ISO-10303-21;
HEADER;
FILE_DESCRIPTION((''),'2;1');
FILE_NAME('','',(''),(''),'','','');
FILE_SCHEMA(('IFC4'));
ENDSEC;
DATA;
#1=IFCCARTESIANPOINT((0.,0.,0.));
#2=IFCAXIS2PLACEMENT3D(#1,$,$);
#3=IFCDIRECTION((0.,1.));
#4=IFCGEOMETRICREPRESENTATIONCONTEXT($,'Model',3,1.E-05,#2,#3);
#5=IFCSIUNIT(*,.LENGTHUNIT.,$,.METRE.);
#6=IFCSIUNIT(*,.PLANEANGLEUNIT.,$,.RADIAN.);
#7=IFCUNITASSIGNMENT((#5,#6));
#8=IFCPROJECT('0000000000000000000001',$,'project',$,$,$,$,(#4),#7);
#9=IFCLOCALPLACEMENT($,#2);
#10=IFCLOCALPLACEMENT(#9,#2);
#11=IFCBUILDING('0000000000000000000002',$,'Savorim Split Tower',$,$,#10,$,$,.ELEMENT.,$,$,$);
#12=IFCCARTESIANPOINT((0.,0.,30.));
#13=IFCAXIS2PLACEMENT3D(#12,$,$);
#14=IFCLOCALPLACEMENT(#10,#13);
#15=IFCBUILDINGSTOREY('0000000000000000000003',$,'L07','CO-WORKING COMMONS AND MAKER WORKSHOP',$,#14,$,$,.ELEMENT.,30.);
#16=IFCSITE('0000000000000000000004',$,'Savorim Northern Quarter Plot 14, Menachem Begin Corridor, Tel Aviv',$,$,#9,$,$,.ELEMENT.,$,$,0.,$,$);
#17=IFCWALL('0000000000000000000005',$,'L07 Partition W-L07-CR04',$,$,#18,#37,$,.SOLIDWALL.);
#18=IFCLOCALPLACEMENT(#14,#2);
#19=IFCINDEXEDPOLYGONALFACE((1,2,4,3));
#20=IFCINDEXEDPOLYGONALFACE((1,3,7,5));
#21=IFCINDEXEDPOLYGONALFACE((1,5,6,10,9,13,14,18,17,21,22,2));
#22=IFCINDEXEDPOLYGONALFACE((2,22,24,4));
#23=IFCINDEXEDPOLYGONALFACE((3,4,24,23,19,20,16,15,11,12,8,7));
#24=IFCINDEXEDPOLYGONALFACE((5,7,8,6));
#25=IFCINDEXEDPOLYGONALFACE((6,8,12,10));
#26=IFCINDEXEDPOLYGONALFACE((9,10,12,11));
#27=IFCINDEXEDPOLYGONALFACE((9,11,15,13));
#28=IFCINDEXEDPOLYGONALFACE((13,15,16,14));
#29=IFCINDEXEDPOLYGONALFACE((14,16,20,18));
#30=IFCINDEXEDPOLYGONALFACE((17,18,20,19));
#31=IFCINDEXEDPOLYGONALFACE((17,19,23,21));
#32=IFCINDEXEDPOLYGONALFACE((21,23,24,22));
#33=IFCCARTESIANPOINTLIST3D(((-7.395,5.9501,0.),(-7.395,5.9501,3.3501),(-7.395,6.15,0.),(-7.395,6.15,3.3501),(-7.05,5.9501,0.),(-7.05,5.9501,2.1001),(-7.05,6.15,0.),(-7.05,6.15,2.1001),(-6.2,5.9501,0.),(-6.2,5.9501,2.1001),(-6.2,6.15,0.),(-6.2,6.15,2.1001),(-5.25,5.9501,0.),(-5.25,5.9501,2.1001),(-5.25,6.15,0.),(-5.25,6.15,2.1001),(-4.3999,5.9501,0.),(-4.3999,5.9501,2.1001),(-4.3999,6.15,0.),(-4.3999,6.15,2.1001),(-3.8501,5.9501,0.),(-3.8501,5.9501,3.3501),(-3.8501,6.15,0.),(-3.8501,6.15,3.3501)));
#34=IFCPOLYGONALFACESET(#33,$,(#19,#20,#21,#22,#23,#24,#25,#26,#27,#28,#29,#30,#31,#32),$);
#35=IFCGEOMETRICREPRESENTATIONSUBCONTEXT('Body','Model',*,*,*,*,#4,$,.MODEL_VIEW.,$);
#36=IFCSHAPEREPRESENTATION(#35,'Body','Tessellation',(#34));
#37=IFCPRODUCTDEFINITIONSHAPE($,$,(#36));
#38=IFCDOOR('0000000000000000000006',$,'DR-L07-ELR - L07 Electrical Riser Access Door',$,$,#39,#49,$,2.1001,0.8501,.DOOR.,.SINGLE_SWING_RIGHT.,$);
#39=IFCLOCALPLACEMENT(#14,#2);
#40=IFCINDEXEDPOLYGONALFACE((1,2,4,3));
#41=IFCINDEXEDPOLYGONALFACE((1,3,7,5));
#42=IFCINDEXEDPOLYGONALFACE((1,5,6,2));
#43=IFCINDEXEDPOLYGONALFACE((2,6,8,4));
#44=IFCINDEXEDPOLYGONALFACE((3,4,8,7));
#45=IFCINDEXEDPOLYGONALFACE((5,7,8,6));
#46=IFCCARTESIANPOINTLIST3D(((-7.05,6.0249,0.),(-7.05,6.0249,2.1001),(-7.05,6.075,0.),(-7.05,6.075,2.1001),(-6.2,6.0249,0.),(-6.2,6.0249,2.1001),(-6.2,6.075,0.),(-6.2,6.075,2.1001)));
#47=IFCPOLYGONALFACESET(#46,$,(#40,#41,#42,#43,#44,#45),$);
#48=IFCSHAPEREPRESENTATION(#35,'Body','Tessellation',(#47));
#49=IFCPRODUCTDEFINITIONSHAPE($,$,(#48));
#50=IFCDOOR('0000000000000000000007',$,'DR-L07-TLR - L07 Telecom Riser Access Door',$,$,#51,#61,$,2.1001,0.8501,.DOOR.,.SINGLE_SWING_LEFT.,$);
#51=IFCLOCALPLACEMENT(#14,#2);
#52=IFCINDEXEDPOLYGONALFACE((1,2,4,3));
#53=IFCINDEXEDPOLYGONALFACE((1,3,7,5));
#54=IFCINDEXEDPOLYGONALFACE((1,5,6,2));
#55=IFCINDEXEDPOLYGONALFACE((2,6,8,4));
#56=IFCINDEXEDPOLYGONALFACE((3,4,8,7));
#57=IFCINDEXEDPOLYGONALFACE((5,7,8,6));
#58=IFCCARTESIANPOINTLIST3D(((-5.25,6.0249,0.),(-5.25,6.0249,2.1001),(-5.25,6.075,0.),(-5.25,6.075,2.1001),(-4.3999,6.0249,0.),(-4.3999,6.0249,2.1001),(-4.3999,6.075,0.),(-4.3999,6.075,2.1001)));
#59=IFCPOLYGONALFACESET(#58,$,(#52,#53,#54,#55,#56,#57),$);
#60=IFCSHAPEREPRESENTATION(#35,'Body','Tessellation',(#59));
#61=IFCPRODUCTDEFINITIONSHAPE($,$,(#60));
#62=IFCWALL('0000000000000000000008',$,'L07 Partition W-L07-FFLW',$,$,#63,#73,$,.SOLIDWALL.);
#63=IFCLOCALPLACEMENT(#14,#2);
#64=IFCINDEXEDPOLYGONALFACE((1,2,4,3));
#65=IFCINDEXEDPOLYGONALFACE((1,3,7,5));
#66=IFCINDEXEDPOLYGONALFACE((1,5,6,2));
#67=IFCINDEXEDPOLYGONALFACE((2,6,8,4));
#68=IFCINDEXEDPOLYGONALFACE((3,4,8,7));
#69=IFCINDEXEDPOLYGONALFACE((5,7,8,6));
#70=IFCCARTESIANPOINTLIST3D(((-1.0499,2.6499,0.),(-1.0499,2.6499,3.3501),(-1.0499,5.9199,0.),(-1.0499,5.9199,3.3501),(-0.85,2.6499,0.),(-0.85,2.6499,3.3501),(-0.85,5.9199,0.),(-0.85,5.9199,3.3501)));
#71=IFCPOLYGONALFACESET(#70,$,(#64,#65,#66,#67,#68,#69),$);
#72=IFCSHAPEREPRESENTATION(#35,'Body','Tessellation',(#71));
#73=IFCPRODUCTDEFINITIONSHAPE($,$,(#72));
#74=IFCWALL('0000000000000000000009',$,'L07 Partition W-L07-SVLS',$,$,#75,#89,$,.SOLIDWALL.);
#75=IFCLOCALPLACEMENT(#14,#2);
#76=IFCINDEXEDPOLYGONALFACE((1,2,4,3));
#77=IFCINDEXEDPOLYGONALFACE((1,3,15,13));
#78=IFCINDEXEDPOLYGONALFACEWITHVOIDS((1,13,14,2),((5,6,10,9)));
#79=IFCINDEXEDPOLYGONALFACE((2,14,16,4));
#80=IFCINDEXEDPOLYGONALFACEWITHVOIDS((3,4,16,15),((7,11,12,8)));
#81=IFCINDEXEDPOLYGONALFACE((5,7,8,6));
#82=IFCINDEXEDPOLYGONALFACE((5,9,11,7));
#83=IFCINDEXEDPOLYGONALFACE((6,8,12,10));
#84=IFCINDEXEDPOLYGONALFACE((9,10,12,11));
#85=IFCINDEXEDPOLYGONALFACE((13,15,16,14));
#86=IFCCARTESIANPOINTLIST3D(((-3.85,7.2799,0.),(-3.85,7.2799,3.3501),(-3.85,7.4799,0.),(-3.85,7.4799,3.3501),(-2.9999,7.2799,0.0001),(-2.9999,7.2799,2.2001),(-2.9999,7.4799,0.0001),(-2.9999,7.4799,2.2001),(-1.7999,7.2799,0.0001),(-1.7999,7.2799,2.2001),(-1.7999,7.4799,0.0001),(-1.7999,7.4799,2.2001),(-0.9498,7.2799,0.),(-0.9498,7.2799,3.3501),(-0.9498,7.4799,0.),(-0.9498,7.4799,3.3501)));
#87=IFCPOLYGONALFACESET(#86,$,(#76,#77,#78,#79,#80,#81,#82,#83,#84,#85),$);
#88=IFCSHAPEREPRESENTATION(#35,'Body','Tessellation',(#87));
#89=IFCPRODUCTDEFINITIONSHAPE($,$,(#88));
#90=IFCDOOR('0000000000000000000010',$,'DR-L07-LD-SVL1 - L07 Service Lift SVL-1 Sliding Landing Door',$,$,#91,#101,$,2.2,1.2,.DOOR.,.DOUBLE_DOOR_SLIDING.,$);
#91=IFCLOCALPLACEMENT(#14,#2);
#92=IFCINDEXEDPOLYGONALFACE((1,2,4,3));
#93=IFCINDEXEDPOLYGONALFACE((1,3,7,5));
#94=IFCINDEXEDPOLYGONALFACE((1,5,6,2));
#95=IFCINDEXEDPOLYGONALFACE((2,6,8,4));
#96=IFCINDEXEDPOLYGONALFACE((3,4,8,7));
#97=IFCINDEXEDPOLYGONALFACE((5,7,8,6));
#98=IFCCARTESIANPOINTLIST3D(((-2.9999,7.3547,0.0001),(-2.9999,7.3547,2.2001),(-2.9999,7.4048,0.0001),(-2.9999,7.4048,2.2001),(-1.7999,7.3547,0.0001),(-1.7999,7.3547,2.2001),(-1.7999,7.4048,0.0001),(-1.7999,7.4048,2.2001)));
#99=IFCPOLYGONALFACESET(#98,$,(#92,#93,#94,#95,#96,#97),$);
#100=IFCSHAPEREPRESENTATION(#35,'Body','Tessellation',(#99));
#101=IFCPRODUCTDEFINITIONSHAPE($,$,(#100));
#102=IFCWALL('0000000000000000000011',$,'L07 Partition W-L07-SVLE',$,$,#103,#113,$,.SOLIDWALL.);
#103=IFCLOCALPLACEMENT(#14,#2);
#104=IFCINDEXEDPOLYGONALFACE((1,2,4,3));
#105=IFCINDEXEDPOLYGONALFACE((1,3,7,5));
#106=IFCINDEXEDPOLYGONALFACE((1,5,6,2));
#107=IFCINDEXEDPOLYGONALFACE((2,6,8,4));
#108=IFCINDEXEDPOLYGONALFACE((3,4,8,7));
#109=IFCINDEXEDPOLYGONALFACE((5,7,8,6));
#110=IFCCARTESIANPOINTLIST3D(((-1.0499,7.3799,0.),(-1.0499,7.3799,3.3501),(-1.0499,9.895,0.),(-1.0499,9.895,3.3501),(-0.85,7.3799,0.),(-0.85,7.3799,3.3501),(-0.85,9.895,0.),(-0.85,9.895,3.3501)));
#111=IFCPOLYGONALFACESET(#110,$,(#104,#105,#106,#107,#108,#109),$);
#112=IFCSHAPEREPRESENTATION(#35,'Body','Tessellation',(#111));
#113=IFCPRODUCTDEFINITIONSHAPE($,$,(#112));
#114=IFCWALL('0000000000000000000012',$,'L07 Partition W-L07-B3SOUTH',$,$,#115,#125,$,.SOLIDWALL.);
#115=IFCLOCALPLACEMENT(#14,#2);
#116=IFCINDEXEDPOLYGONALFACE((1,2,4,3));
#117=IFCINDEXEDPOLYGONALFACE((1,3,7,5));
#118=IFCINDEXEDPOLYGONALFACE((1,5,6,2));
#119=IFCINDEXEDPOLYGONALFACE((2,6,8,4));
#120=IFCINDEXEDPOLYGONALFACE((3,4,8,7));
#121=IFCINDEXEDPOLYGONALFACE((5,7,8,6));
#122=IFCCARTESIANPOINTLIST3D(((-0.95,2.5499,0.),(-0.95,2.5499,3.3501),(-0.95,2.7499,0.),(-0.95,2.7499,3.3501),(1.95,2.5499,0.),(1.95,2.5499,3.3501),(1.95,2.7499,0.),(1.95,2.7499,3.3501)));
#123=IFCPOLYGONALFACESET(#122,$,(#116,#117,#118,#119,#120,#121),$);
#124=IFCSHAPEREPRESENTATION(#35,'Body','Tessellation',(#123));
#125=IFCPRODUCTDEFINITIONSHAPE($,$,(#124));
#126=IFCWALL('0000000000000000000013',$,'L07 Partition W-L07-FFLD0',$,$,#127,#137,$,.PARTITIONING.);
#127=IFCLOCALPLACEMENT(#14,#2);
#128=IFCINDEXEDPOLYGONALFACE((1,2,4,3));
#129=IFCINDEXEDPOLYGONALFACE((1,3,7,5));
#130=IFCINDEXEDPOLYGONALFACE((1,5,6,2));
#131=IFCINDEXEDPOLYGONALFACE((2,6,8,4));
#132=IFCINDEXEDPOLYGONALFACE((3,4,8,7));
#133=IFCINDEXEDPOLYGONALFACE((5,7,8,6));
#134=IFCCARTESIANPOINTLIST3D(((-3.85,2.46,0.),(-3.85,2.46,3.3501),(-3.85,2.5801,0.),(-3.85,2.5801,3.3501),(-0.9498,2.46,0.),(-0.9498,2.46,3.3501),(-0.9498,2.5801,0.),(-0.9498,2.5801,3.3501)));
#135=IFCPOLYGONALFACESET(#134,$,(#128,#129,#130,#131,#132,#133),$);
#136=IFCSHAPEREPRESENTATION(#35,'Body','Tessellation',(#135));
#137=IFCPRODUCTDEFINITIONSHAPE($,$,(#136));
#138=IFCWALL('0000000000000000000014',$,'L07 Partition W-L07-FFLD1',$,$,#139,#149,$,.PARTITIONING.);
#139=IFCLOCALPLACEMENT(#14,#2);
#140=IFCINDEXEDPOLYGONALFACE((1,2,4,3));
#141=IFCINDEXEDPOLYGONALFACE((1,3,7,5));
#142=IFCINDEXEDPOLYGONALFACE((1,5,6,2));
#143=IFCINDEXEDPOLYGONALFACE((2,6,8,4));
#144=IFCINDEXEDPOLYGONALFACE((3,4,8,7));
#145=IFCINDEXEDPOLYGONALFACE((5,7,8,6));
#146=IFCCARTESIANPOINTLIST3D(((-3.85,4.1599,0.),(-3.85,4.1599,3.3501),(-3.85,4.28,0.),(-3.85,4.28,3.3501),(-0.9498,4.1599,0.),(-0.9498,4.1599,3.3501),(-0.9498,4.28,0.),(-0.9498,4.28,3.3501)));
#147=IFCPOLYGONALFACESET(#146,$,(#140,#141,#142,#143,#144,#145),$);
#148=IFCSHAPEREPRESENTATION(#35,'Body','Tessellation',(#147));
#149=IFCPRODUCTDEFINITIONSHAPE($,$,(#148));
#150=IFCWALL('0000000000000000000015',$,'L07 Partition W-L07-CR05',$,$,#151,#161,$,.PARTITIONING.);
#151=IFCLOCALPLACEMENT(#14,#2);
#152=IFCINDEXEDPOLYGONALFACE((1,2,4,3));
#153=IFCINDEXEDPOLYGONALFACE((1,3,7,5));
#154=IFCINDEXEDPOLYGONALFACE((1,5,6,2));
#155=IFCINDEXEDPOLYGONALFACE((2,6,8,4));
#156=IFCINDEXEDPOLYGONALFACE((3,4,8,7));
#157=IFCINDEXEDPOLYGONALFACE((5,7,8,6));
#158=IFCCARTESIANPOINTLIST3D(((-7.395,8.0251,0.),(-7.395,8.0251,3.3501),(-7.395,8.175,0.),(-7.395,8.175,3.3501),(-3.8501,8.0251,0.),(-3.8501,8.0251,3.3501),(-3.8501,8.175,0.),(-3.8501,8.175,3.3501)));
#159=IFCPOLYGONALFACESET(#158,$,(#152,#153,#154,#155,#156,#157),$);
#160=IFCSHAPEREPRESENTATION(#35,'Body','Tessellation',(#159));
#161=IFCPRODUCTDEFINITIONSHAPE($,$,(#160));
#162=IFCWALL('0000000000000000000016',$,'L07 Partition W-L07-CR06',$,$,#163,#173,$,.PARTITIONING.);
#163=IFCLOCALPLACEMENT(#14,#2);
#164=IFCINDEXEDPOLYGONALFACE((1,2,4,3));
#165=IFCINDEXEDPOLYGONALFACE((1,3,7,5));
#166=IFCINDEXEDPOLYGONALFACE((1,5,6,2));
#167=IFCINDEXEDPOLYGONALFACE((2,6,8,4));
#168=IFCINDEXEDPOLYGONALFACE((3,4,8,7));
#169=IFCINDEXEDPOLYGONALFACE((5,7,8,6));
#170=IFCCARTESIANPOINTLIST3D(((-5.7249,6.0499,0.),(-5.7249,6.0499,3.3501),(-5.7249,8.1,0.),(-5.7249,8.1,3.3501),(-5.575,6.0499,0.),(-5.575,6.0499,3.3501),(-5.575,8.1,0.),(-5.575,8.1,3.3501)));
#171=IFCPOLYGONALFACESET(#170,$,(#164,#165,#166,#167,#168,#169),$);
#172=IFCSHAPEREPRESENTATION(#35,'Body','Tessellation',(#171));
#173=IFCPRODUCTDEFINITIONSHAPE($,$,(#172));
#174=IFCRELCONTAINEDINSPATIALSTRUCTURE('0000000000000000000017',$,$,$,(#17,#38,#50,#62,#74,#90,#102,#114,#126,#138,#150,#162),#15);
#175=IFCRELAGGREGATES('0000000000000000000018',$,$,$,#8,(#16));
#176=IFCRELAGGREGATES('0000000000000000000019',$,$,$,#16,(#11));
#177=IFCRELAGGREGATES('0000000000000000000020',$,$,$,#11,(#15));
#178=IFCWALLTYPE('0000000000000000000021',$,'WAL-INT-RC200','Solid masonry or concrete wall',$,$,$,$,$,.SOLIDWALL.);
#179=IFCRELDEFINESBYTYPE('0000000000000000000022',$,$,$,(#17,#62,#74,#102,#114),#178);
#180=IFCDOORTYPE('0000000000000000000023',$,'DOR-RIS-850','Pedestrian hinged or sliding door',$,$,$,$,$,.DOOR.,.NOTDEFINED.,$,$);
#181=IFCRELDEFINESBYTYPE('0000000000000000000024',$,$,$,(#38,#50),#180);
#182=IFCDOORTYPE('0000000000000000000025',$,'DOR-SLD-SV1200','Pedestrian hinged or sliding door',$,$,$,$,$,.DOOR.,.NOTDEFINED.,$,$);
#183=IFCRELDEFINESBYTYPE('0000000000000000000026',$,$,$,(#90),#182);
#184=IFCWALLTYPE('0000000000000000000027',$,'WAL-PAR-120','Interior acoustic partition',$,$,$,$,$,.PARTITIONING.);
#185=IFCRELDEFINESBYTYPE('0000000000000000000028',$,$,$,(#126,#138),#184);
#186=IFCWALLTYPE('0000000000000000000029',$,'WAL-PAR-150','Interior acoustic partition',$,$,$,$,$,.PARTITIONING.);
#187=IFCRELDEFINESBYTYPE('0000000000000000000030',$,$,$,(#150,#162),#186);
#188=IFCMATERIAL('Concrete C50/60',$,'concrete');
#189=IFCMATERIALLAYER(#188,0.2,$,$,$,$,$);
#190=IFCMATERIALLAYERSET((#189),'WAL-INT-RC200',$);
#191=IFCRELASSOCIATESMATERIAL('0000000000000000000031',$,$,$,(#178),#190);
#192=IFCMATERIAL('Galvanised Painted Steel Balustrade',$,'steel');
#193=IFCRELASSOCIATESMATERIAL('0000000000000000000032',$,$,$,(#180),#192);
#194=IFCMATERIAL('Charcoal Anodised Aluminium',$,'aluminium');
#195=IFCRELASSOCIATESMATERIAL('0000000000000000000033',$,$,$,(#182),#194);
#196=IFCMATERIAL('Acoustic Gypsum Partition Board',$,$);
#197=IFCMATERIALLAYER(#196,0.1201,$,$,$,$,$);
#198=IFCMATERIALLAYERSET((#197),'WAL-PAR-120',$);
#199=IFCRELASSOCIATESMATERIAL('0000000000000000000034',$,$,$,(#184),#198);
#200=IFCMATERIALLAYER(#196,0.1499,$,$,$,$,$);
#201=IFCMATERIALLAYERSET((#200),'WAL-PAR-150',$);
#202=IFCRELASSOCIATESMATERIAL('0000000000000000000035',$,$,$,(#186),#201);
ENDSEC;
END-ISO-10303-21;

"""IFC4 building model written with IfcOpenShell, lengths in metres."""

from ifc_helpers import new_model, si_unit, direction, frame, frame_2d, origin, place, context, subcontext, project, spatial, rectangle, extrude, material, layer, layer_set, type_object, element, fill, save


model = new_model("IFC4")

# Units and contexts
model_context = context("Model", 3, precision=1e-05, world=origin(), true_north=direction((0.0, 1.0)))
body_context = subcontext(model_context, "Body", "Model", "MODEL_VIEW")
ifc_project = project(units=[si_unit("LENGTHUNIT", "METRE"), si_unit("PLANEANGLEUNIT", "RADIAN")], contexts=[model_context])

# Site, building, storey
site_placement = place(None, origin())
site = spatial("IfcSite", under=ifc_project, at=site_placement, Name="Savorim Northern Quarter Plot 14, Menachem Begin Corridor, Tel Aviv", CompositionType="ELEMENT", RefElevation=0.0)
building_placement = place(site_placement, origin())
building = spatial("IfcBuilding", under=site, at=building_placement, Name="Savorim Split Tower", CompositionType="ELEMENT")
storey_placement = place(building_placement, frame((0.0, 0.0, 30.0)))
storey = spatial("IfcBuildingStorey", under=building, at=storey_placement, Name="L07", Description="CO-WORKING COMMONS AND MAKER WORKSHOP", CompositionType="ELEMENT", Elevation=30.0)

# Shared definitions
ifc_material_1 = material(Name="Charcoal Anodised Aluminium", Category="aluminium")

# Wall, openings, doors
ifc_material_2 = material(Name="Concrete C50/60", Category="concrete")
ifc_layer_1 = layer(ifc_material_2, 0.2)
ifc_layer_set_1 = layer_set([ifc_layer_1], Name="WAL-INT-RC200")
wall_type_1 = type_object("IfcWallType", Name="WAL-INT-RC200", Description="Solid masonry or concrete wall", PredefinedType="SOLIDWALL", material=ifc_layer_set_1)
wall_1_placement = place(storey_placement, frame((-7.395, 6.05, 0.0), z_axis=(0.0, 0.0, 1.0), x_axis=(1.0, 0.0, 0.0)))
wall_1 = element("IfcWall", 1, at=wall_1_placement, inside=storey, type_object=wall_type_1, Name="L07 Partition W-L07-CR04", PredefinedType="SOLIDWALL", context=body_context, shape_type="SweptSolid", body=[
    extrude(rectangle(XDim=3.5449, YDim=0.2, at=frame_2d((1.7725, 0.0))), origin(), (0.0, 0.0, 1.0), 3.3501),
])
opening_1_placement = place(wall_1_placement, frame((0.345, 0.0, 0.0)))
opening_1 = element("IfcOpeningElement", 2, at=opening_1_placement, cuts=wall_1, PredefinedType="OPENING", context=body_context, shape_type="SweptSolid", body=[
    extrude(rectangle(XDim=0.8501, YDim=2.1001, at=frame_2d((0.425, 1.05))), frame((0.0, 0.1099, 0.0), z_axis=(0.0, -1.0, 0.0), x_axis=(1.0, 0.0, 0.0)), (0.0, 0.0, 1.0), 0.22),
])
opening_2_placement = place(wall_1_placement, frame((2.145, 0.0, 0.0)))
opening_2 = element("IfcOpeningElement", 3, at=opening_2_placement, cuts=wall_1, PredefinedType="OPENING", context=body_context, shape_type="SweptSolid", body=[
    extrude(rectangle(XDim=0.8501, YDim=2.1001, at=frame_2d((0.425, 1.05))), frame((0.0, 0.1099, 0.0), z_axis=(0.0, -1.0, 0.0), x_axis=(1.0, 0.0, 0.0)), (0.0, 0.0, 1.0), 0.22),
])
ifc_material_3 = material(Name="Galvanised Painted Steel Balustrade", Category="steel")
door_type_1 = type_object("IfcDoorType", Name="DOR-RIS-850", Description="Pedestrian hinged or sliding door", OperationType="NOTDEFINED", PredefinedType="DOOR", material=ifc_material_3)
door_1_placement = place(opening_1_placement, origin())
door_1 = element("IfcDoor", 4, at=door_1_placement, inside=storey, type_object=door_type_1, Name="DR-L07-ELR - L07 Electrical Riser Access Door", OperationType="SINGLE_SWING_RIGHT", OverallHeight=2.1001, OverallWidth=0.8501, PredefinedType="DOOR", context=body_context, shape_type="SweptSolid", body=[
    extrude(rectangle(XDim=0.8501, YDim=2.1001, at=frame_2d((0.425, 1.05))), frame((0.0, 0.0249, 0.0), z_axis=(0.0, -1.0, 0.0), x_axis=(1.0, 0.0, 0.0)), (0.0, 0.0, 1.0), 0.05),
])
fill(opening_1, door_1)
door_2_placement = place(opening_2_placement, origin())
door_2 = element("IfcDoor", 5, at=door_2_placement, inside=storey, type_object=door_type_1, Name="DR-L07-TLR - L07 Telecom Riser Access Door", OperationType="SINGLE_SWING_LEFT", OverallHeight=2.1001, OverallWidth=0.8501, PredefinedType="DOOR", context=body_context, shape_type="SweptSolid", body=[
    extrude(rectangle(XDim=0.8501, YDim=2.1001, at=frame_2d((0.425, 1.05))), frame((0.0, 0.0249, 0.0), z_axis=(0.0, -1.0, 0.0), x_axis=(1.0, 0.0, 0.0)), (0.0, 0.0, 1.0), 0.05),
])
fill(opening_2, door_2)

# Wall
wall_2_placement = place(storey_placement, frame((-0.95, 2.6499, 0.0), z_axis=(0.0, 0.0, 1.0), x_axis=(0.0, 1.0, 0.0)))
element("IfcWall", 6, at=wall_2_placement, inside=storey, type_object=wall_type_1, Name="L07 Partition W-L07-FFLW", PredefinedType="SOLIDWALL", context=body_context, shape_type="SweptSolid", body=[
    extrude(rectangle(XDim=3.27, YDim=0.2, at=frame_2d((1.635, 0.0))), origin(), (0.0, 0.0, 1.0), 3.3501),
])

# Wall, opening, door
wall_3_placement = place(storey_placement, frame((-3.8501, 7.3799, 0.0), z_axis=(0.0, 0.0, 1.0), x_axis=(1.0, 0.0, 0.0)))
wall_3 = element("IfcWall", 7, at=wall_3_placement, inside=storey, type_object=wall_type_1, Name="L07 Partition W-L07-SVLS", PredefinedType="SOLIDWALL", context=body_context, shape_type="SweptSolid", body=[
    extrude(rectangle(XDim=2.9001, YDim=0.2, at=frame_2d((1.4502, 0.0))), origin(), (0.0, 0.0, 1.0), 3.3501),
])
opening_3_placement = place(wall_3_placement, frame((0.8501, 0.0, 0.0)))
opening_3 = element("IfcOpeningElement", 8, at=opening_3_placement, cuts=wall_3, PredefinedType="OPENING", context=body_context, shape_type="SweptSolid", body=[
    extrude(rectangle(XDim=1.2, YDim=2.2, at=frame_2d((0.6001, 1.1001))), frame((0.0, 0.1099, 0.0), z_axis=(0.0, -1.0, 0.0), x_axis=(1.0, 0.0, 0.0)), (0.0, 0.0, 1.0), 0.22),
])
door_type_2 = type_object("IfcDoorType", Name="DOR-SLD-SV1200", Description="Pedestrian hinged or sliding door", OperationType="NOTDEFINED", PredefinedType="DOOR", material=ifc_material_1)
door_3_placement = place(opening_3_placement, origin())
door_3 = element("IfcDoor", 9, at=door_3_placement, inside=storey, type_object=door_type_2, Name="DR-L07-LD-SVL1 - L07 Service Lift SVL-1 Sliding Landing Door", OperationType="DOUBLE_DOOR_SLIDING", OverallHeight=2.2, OverallWidth=1.2, PredefinedType="DOOR", context=body_context, shape_type="SweptSolid", body=[
    extrude(rectangle(XDim=1.2, YDim=2.2, at=frame_2d((0.6001, 1.1001))), frame((0.0, 0.0249, 0.0), z_axis=(0.0, -1.0, 0.0), x_axis=(1.0, 0.0, 0.0)), (0.0, 0.0, 1.0), 0.05),
])
fill(opening_3, door_3)

# Walls
wall_4_placement = place(storey_placement, frame((-0.95, 7.3799, 0.0), z_axis=(0.0, 0.0, 1.0), x_axis=(0.0, 1.0, 0.0)))
element("IfcWall", 10, at=wall_4_placement, inside=storey, type_object=wall_type_1, Name="L07 Partition W-L07-SVLE", PredefinedType="SOLIDWALL", context=body_context, shape_type="SweptSolid", body=[
    extrude(rectangle(XDim=2.5151, YDim=0.2, at=frame_2d((1.2576, 0.0))), origin(), (0.0, 0.0, 1.0), 3.3501),
])
wall_5_placement = place(storey_placement, frame((-0.95, 2.6499, 0.0), z_axis=(0.0, 0.0, 1.0), x_axis=(1.0, 0.0, 0.0)))
element("IfcWall", 11, at=wall_5_placement, inside=storey, type_object=wall_type_1, Name="L07 Partition W-L07-B3SOUTH", PredefinedType="SOLIDWALL", context=body_context, shape_type="SweptSolid", body=[
    extrude(rectangle(XDim=2.8999, YDim=0.2, at=frame_2d((1.45, 0.0))), origin(), (0.0, 0.0, 1.0), 3.3501),
])
ifc_material_4 = material(Name="Acoustic Gypsum Partition Board")
ifc_layer_2 = layer(ifc_material_4, 0.1201)
ifc_layer_set_2 = layer_set([ifc_layer_2], Name="WAL-PAR-120")
wall_type_2 = type_object("IfcWallType", Name="WAL-PAR-120", Description="Interior acoustic partition", PredefinedType="PARTITIONING", material=ifc_layer_set_2)
for number, where, z_axis, x_axis, name in (
    (12, (-3.8501, 2.52, 0.0), (0.0, 0.0, 1.0), (1.0, 0.0, 0.0), "L07 Partition W-L07-FFLD0"),
    (13, (-3.8501, 4.22, 0.0), (0.0, 0.0, 1.0), (1.0, 0.0, 0.0), "L07 Partition W-L07-FFLD1"),
):
    element("IfcWall", number, at=place(storey_placement, frame(where, z_axis=z_axis, x_axis=x_axis)), inside=storey, type_object=wall_type_2, Name=name, PredefinedType="PARTITIONING", context=body_context, shape_type="SweptSolid", body=[
        extrude(rectangle(XDim=2.9001, YDim=0.1201, at=frame_2d((1.4502, 0.0))), origin(), (0.0, 0.0, 1.0), 3.3501),
    ])
ifc_layer_3 = layer(ifc_material_4, 0.1499)
ifc_layer_set_3 = layer_set([ifc_layer_3], Name="WAL-PAR-150")
wall_type_3 = type_object("IfcWallType", Name="WAL-PAR-150", Description="Interior acoustic partition", PredefinedType="PARTITIONING", material=ifc_layer_set_3)
wall_6_placement = place(storey_placement, frame((-7.395, 8.1001, 0.0), z_axis=(0.0, 0.0, 1.0), x_axis=(1.0, 0.0, 0.0)))
element("IfcWall", 14, at=wall_6_placement, inside=storey, type_object=wall_type_3, Name="L07 Partition W-L07-CR05", PredefinedType="PARTITIONING", context=body_context, shape_type="SweptSolid", body=[
    extrude(rectangle(XDim=3.5449, YDim=0.1499, at=frame_2d((1.7725, 0.0))), origin(), (0.0, 0.0, 1.0), 3.3501),
])
wall_7_placement = place(storey_placement, frame((-5.6499, 6.05, 0.0), z_axis=(0.0, 0.0, 1.0), x_axis=(0.0, 1.0, 0.0)))
element("IfcWall", 15, at=wall_7_placement, inside=storey, type_object=wall_type_3, Name="L07 Partition W-L07-CR06", PredefinedType="PARTITIONING", context=body_context, shape_type="SweptSolid", body=[
    extrude(rectangle(XDim=2.05, YDim=0.1499, at=frame_2d((1.0249, 0.0))), origin(), (0.0, 0.0, 1.0), 3.3501),
])

save(model, "model.ifc")
